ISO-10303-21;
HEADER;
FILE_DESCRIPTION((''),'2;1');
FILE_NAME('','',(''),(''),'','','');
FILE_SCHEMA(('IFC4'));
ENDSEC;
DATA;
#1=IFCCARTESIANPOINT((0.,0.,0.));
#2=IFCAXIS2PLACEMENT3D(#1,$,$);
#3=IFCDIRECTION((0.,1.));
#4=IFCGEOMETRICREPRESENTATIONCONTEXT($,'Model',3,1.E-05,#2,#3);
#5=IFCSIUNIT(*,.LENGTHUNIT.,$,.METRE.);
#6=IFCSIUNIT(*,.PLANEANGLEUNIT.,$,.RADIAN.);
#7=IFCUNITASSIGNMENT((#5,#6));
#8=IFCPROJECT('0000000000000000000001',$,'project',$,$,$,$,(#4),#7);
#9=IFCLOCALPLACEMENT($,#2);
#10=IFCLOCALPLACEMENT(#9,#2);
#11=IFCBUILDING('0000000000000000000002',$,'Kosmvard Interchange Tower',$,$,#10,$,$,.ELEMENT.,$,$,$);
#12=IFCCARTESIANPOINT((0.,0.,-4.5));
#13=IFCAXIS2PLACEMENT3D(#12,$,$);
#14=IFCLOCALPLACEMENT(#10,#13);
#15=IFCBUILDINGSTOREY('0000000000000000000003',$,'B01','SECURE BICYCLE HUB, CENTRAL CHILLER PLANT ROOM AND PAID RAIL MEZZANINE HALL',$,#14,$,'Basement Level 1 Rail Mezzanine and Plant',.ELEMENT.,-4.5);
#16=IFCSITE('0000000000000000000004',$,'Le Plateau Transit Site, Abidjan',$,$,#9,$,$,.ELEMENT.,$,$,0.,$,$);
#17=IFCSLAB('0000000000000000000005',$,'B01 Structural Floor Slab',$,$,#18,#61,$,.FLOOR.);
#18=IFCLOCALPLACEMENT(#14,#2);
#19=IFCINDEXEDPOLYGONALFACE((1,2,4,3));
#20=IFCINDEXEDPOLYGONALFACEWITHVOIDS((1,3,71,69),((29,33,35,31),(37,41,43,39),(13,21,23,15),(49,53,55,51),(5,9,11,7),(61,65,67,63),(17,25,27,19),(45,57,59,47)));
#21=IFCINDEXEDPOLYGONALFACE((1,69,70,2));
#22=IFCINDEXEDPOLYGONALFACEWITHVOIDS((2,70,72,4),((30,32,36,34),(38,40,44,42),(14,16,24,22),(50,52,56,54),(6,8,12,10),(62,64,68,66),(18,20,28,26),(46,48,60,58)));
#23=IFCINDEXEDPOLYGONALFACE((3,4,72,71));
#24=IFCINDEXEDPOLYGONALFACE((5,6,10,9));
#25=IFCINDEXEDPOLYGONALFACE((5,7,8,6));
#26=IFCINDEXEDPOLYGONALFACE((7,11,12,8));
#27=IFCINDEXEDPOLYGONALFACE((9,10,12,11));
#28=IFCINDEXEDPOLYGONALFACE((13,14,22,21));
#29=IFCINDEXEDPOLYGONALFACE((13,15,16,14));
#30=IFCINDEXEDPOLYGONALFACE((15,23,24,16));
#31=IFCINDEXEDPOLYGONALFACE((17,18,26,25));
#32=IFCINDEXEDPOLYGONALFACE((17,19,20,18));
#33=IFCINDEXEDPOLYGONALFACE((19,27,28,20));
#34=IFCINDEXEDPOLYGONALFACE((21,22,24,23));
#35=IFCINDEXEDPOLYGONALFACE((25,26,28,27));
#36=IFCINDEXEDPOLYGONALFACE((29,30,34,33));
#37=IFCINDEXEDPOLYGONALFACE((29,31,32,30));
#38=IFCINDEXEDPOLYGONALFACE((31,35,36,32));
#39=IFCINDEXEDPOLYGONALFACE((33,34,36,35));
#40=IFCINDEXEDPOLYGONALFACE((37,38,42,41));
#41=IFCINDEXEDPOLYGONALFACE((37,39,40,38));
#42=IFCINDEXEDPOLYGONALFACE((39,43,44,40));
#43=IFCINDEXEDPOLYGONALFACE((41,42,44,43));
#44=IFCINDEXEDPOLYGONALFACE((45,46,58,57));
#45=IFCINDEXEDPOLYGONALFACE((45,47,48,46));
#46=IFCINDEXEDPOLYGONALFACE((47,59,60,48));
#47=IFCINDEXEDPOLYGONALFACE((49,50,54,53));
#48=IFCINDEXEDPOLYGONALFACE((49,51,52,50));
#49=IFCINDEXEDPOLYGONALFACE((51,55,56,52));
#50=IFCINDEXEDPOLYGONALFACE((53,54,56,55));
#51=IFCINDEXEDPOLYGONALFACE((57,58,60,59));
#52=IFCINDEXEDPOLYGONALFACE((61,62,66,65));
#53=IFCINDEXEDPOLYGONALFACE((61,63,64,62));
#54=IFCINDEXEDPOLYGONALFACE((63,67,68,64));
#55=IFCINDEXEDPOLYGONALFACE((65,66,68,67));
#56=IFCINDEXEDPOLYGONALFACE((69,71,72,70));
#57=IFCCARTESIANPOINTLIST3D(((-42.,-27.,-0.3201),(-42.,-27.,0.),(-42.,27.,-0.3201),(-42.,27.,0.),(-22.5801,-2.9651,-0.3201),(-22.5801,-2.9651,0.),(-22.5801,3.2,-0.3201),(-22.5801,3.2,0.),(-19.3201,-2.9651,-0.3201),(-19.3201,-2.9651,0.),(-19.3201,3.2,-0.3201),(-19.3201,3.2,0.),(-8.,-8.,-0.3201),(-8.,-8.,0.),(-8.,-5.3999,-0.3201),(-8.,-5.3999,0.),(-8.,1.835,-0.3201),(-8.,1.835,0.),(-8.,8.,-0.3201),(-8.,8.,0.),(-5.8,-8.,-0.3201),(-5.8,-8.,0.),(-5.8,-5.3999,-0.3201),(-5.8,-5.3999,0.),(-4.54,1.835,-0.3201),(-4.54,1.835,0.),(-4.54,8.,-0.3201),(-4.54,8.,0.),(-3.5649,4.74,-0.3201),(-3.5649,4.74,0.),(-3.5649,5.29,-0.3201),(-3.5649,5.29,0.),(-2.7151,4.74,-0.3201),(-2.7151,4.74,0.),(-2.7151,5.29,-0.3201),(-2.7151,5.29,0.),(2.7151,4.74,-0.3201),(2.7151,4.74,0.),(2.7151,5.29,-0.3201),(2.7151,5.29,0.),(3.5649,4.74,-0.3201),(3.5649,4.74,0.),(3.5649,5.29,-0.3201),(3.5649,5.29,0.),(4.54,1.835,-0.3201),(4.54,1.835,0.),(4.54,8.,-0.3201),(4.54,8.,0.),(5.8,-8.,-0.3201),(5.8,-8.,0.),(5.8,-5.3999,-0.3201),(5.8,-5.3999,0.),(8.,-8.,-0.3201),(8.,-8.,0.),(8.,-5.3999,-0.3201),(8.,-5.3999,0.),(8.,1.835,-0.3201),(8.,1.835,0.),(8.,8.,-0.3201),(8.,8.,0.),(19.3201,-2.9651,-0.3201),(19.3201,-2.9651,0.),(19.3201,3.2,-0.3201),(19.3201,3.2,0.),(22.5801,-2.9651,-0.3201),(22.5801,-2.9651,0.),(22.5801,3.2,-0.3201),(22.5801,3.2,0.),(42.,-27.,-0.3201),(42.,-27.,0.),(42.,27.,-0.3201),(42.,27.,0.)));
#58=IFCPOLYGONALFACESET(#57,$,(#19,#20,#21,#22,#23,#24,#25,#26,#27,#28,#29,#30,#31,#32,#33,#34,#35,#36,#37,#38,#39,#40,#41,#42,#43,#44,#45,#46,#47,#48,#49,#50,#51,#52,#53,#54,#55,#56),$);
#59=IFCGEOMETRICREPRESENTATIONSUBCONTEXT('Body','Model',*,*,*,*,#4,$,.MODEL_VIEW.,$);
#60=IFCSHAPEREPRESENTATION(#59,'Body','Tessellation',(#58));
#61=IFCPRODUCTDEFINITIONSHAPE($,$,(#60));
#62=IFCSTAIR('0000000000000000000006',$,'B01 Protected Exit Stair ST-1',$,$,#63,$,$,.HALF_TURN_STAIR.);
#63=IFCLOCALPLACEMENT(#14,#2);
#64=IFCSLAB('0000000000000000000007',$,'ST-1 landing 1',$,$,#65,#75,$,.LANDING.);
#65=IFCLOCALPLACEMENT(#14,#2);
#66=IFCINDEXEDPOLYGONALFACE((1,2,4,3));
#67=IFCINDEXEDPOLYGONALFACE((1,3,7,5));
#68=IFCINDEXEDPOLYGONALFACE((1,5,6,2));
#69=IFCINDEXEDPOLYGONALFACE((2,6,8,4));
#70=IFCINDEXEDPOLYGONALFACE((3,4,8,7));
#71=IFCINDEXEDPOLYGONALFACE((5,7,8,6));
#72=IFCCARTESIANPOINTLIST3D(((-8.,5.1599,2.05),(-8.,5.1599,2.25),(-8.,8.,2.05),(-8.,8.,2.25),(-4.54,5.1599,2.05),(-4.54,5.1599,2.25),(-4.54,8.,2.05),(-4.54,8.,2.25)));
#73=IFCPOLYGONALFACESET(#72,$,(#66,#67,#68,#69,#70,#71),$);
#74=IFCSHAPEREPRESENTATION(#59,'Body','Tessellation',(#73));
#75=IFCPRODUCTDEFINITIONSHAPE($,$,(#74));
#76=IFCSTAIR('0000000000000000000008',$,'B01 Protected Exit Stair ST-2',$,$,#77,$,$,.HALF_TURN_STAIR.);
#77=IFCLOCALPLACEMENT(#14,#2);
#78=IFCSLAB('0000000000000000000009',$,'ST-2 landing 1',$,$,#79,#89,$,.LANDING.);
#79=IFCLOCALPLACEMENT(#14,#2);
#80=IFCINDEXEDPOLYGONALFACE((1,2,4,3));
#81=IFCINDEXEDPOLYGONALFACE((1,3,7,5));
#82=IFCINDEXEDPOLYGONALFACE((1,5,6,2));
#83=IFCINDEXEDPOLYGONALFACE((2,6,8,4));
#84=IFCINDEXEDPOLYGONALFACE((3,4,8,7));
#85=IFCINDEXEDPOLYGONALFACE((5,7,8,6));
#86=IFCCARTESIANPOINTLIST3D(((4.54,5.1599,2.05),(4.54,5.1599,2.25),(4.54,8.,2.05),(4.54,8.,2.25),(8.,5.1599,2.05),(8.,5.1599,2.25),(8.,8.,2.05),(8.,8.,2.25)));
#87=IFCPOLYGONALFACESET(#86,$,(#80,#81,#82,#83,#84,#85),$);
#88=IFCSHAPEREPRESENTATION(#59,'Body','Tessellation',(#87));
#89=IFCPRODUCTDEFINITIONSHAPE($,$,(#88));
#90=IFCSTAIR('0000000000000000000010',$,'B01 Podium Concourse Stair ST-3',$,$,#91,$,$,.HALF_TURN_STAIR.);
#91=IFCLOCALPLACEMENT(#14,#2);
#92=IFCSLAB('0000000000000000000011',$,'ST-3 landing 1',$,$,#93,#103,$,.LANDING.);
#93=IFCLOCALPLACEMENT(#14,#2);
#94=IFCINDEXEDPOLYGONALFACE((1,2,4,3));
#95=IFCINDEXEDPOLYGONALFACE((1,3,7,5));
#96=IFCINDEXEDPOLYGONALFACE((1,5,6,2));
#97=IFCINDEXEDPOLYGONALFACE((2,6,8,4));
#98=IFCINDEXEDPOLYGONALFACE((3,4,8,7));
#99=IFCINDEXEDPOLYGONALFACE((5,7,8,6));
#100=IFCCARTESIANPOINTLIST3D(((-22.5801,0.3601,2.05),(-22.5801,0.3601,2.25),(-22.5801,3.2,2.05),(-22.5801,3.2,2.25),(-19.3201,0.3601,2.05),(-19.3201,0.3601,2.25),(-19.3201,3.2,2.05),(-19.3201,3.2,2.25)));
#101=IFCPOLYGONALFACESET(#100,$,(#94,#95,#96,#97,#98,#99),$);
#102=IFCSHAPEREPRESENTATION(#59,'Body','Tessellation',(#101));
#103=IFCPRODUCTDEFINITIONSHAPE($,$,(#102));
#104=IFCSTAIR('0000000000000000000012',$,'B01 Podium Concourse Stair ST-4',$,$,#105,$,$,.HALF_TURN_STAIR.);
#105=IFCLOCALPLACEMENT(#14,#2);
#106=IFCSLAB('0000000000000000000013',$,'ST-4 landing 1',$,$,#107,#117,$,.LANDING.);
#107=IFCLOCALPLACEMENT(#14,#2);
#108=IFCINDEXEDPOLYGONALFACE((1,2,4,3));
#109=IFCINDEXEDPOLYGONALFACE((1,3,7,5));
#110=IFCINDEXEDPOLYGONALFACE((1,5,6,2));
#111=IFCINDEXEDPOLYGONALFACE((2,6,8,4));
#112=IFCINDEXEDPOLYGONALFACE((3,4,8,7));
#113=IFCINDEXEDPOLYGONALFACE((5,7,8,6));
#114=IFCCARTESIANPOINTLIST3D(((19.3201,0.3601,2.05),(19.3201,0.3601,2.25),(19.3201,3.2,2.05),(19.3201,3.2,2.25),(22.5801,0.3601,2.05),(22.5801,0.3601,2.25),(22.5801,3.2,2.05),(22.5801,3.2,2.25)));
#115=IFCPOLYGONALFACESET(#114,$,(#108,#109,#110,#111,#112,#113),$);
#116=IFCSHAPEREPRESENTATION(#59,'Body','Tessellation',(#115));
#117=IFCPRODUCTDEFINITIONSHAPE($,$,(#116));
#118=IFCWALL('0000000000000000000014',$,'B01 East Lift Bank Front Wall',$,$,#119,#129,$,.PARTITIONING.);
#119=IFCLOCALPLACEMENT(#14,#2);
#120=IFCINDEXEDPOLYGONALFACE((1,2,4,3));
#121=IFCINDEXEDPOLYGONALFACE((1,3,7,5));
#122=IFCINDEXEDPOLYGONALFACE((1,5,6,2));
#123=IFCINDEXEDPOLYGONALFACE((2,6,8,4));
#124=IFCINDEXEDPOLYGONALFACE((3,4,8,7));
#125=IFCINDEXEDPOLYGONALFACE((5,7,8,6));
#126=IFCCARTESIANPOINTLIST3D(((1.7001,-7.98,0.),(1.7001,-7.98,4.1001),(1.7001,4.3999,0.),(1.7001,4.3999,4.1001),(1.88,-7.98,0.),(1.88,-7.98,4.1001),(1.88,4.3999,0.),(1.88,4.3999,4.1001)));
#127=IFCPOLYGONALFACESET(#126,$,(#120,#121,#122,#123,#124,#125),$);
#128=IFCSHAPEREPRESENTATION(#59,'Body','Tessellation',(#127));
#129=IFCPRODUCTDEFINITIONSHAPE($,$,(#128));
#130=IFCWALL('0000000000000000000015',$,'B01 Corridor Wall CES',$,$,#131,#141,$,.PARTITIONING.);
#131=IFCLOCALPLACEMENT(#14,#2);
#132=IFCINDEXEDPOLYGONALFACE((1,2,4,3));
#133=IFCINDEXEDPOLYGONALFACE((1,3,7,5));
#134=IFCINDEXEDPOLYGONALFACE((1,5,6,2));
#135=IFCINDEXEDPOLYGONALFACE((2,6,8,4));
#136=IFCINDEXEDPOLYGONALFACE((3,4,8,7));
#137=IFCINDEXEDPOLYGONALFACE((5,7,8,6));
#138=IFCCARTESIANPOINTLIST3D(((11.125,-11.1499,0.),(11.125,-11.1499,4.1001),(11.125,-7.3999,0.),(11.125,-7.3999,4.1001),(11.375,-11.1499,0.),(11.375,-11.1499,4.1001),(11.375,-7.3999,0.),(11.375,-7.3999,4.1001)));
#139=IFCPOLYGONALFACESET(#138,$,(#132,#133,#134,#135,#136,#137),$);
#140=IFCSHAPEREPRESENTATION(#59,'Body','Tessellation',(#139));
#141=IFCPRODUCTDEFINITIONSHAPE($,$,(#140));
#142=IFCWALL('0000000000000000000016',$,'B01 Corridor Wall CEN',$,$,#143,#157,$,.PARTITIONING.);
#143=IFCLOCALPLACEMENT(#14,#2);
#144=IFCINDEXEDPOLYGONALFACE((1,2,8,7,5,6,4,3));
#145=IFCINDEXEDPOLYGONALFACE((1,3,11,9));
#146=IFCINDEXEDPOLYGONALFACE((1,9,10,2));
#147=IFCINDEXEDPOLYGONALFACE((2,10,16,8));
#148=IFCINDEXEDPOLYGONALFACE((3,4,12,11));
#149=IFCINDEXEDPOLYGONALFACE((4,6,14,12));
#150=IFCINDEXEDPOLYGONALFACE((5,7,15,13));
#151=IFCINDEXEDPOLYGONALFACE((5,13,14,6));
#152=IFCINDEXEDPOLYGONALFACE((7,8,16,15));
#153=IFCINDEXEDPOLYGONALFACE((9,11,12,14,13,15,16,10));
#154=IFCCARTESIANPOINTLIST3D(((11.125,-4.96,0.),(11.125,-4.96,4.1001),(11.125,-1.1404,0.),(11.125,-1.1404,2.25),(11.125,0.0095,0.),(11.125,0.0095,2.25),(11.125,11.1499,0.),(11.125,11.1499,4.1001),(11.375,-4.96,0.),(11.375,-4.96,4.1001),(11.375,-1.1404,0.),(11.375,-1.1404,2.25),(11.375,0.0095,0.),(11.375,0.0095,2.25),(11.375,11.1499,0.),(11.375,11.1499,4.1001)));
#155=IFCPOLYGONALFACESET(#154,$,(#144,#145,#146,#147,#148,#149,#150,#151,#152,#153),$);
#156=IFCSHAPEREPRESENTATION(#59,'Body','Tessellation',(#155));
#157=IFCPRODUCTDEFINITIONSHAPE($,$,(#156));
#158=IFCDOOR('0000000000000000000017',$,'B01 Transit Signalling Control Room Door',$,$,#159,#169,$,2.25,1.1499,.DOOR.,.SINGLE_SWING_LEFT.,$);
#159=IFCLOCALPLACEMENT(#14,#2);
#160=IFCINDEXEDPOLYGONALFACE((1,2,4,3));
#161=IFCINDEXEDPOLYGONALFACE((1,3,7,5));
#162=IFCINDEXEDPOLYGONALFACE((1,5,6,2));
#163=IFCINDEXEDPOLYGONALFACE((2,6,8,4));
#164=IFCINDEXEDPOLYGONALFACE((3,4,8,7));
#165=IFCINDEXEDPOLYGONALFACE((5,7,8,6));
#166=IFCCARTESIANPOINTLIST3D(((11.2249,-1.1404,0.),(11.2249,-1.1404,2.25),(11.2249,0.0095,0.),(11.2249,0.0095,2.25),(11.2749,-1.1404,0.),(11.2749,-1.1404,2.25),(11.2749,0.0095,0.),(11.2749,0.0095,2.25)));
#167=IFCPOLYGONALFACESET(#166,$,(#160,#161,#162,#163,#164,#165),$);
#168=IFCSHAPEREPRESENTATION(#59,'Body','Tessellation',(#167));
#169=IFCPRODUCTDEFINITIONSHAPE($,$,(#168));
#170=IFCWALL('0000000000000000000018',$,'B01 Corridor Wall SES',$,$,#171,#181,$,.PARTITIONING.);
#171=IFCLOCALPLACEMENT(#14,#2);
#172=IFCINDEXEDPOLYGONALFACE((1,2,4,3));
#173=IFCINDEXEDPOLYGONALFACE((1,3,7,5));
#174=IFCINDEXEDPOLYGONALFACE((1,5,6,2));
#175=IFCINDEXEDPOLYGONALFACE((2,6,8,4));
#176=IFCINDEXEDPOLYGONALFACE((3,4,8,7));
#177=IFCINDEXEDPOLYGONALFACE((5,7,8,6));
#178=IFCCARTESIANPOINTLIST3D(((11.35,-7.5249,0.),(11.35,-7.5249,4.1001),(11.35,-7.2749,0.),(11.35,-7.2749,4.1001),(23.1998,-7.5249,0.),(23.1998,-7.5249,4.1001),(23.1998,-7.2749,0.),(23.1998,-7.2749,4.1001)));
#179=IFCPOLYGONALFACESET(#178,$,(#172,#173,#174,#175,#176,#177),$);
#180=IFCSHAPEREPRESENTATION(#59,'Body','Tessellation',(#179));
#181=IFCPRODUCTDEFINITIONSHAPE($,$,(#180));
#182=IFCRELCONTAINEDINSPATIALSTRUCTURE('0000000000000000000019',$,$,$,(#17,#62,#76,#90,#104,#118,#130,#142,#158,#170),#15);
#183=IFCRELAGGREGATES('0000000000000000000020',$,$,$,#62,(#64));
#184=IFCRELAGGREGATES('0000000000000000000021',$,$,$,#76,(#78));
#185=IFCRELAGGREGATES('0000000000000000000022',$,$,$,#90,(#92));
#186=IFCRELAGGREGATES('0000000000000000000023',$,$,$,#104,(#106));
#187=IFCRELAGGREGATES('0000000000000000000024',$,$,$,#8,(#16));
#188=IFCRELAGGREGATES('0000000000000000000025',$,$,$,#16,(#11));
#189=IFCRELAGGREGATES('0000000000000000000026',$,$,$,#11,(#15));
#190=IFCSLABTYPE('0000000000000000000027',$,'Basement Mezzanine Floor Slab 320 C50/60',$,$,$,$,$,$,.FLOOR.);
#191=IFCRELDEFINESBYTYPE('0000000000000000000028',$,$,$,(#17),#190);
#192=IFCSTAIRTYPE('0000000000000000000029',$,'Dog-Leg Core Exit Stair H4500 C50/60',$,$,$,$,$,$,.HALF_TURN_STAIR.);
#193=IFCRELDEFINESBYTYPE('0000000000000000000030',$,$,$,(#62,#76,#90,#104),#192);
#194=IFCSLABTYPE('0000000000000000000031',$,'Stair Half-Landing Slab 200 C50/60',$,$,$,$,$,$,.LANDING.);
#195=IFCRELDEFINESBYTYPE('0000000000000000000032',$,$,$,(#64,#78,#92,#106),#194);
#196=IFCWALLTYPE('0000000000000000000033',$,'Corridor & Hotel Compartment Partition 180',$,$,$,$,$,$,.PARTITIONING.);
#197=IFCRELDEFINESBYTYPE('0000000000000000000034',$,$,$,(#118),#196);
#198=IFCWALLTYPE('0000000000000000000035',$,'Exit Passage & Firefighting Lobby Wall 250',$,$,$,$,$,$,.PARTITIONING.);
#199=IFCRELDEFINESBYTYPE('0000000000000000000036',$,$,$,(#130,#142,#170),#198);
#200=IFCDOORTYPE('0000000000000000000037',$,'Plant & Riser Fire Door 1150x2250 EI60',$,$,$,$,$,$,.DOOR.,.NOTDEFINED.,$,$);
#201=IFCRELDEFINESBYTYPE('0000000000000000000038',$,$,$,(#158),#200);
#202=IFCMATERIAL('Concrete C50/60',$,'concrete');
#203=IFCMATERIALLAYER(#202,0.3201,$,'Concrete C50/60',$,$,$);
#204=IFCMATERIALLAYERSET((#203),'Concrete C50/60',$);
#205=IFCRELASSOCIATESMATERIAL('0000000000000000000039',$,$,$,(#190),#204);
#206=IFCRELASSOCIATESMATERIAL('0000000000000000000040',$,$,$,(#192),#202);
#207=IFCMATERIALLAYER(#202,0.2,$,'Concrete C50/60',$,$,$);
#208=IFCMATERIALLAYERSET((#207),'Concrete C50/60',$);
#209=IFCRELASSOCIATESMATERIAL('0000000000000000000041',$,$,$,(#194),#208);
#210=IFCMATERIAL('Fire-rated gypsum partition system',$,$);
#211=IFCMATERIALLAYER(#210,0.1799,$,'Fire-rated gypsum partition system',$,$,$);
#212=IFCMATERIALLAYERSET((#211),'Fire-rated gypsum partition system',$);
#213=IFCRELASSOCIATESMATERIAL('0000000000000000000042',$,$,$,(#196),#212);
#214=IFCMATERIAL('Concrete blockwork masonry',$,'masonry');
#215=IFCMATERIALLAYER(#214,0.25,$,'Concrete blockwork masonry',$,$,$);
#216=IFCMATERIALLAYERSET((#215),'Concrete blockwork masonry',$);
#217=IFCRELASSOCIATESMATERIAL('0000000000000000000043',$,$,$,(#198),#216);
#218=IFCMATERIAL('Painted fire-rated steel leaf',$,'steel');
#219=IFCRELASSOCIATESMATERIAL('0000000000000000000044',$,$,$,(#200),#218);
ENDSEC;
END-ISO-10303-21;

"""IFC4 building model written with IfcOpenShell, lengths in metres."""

from ifc_helpers import new_model, si_unit, direction, frame, frame_2d, origin, place, context, subcontext, project, spatial, polyline, rectangle, outline, extrude, source, transform, mapped, material, layer, layer_set, type_object, element, fill, aggregate, save


model = new_model("IFC4")

# Units and contexts
model_context = context("Model", 3, precision=1e-05, world=origin(), true_north=direction((0.0, 1.0)))
body_context = subcontext(model_context, "Body", "Model", "MODEL_VIEW")
ifc_project = project(units=[si_unit("LENGTHUNIT", "METRE"), si_unit("PLANEANGLEUNIT", "RADIAN")], contexts=[model_context])

# Site, building, storey
site_placement = place(None, origin())
site = spatial("IfcSite", under=ifc_project, at=site_placement, Name="Le Plateau Transit Site, Abidjan", CompositionType="ELEMENT", RefElevation=0.0)
building_placement = place(site_placement, origin())
building = spatial("IfcBuilding", under=site, at=building_placement, Name="Kosmvard Interchange Tower", CompositionType="ELEMENT")
storey_placement = place(building_placement, frame((0.0, 0.0, -4.5)))
storey = spatial("IfcBuildingStorey", under=building, at=storey_placement, Name="B01", Description="SECURE BICYCLE HUB, CENTRAL CHILLER PLANT ROOM AND PAID RAIL MEZZANINE HALL", LongName="Basement Level 1 Rail Mezzanine and Plant", CompositionType="ELEMENT", Elevation=-4.5)

# Shared definitions
ifc_material_1 = material(Name="Concrete C50/60", Category="concrete")

# Slab
ifc_layer_1 = layer(ifc_material_1, 0.3201, Name="Concrete C50/60")
ifc_layer_set_1 = layer_set([ifc_layer_1], Name="Concrete C50/60")
slab_type_1 = type_object("IfcSlabType", Name="Basement Mezzanine Floor Slab 320 C50/60", PredefinedType="FLOOR", material=ifc_layer_set_1)
slab_1_placement = place(storey_placement, frame((0.0, 0.0, -0.3201)))
element("IfcSlab", 1, at=slab_1_placement, inside=storey, type_object=slab_type_1, Name="B01 Structural Floor Slab", PredefinedType="FLOOR", context=body_context, shape_type="SweptSolid", body=[
    extrude(outline(polyline([(-42.0, -27.0), (42.0, -27.0), (42.0, 27.0), (-42.0, 27.0), (-42.0, -27.0)]), holes=[polyline([(-8.0, 1.835), (-4.54, 1.835), (-4.54, 8.0), (-8.0, 8.0), (-8.0, 1.835)]), polyline([(4.54, 1.835), (8.0, 1.835), (8.0, 8.0), (4.54, 8.0), (4.54, 1.835)]), polyline([(-22.5801, -2.9651), (-19.3201, -2.9651), (-19.3201, 3.2), (-22.5801, 3.2), (-22.5801, -2.9651)]), polyline([(19.3201, -2.9651), (22.5801, -2.9651), (22.5801, 3.2), (19.3201, 3.2), (19.3201, -2.9651)]), polyline([(-8.0, -8.0), (-5.8, -8.0), (-5.8, -5.3999), (-8.0, -5.3999), (-8.0, -8.0)]), polyline([(5.8, -8.0), (8.0, -8.0), (8.0, -5.3999), (5.8, -5.3999), (5.8, -8.0)]), polyline([(-3.5649, 4.74), (-2.7151, 4.74), (-2.7151, 5.29), (-3.5649, 5.29), (-3.5649, 4.74)]), polyline([(2.7151, 4.74), (3.5649, 4.74), (3.5649, 5.29), (2.7151, 5.29), (2.7151, 4.74)])]), origin(), (0.0, 0.0, 1.0), 0.3201),
])

# Stairs, slabs
stair_type = type_object("IfcStairType", Name="Dog-Leg Core Exit Stair H4500 C50/60", PredefinedType="HALF_TURN_STAIR", material=ifc_material_1)
stair_1_placement = place(storey_placement, origin())
stair_1 = element("IfcStair", 2, at=stair_1_placement, inside=storey, type_object=stair_type, Name="B01 Protected Exit Stair ST-1", PredefinedType="HALF_TURN_STAIR")
ifc_layer_2 = layer(ifc_material_1, 0.2, Name="Concrete C50/60")
ifc_layer_set_2 = layer_set([ifc_layer_2], Name="Concrete C50/60")
slab_type_2 = type_object("IfcSlabType", Name="Stair Half-Landing Slab 200 C50/60", PredefinedType="LANDING", material=ifc_layer_set_2)
slab_2_placement = place(storey_placement, frame((0.0, 0.0, 2.05)))
slab_2 = element("IfcSlab", 3, at=slab_2_placement, type_object=slab_type_2, Name="ST-1 landing 1", PredefinedType="LANDING", context=body_context, shape_type="SweptSolid", body=[
    extrude(outline(polyline([(-4.54, 5.1599), (-4.54, 8.0), (-8.0, 8.0), (-8.0, 5.1599), (-4.54, 5.1599)])), origin(), (0.0, 0.0, 1.0), 0.2),
])
aggregate(stair_1, [slab_2])
stair_2_placement = place(storey_placement, origin())
stair_2 = element("IfcStair", 4, at=stair_2_placement, inside=storey, type_object=stair_type, Name="B01 Protected Exit Stair ST-2", PredefinedType="HALF_TURN_STAIR")
slab_3_placement = place(storey_placement, frame((0.0, 0.0, 2.05)))
slab_3 = element("IfcSlab", 5, at=slab_3_placement, type_object=slab_type_2, Name="ST-2 landing 1", PredefinedType="LANDING", context=body_context, shape_type="SweptSolid", body=[
    extrude(outline(polyline([(8.0, 5.1599), (8.0, 8.0), (4.54, 8.0), (4.54, 5.1599), (8.0, 5.1599)])), origin(), (0.0, 0.0, 1.0), 0.2),
])
aggregate(stair_2, [slab_3])
stair_3_placement = place(storey_placement, origin())
stair_3 = element("IfcStair", 6, at=stair_3_placement, inside=storey, type_object=stair_type, Name="B01 Podium Concourse Stair ST-3", PredefinedType="HALF_TURN_STAIR")
slab_4_placement = place(storey_placement, frame((0.0, 0.0, 2.05)))
slab_4 = element("IfcSlab", 7, at=slab_4_placement, type_object=slab_type_2, Name="ST-3 landing 1", PredefinedType="LANDING", context=body_context, shape_type="SweptSolid", body=[
    extrude(outline(polyline([(-19.3201, 0.3601), (-19.3201, 3.2), (-22.5801, 3.2), (-22.5801, 0.3601), (-19.3201, 0.3601)])), origin(), (0.0, 0.0, 1.0), 0.2),
])
aggregate(stair_3, [slab_4])
stair_4_placement = place(storey_placement, origin())
stair_4 = element("IfcStair", 8, at=stair_4_placement, inside=storey, type_object=stair_type, Name="B01 Podium Concourse Stair ST-4", PredefinedType="HALF_TURN_STAIR")
slab_5_placement = place(storey_placement, frame((0.0, 0.0, 2.05)))
slab_5 = element("IfcSlab", 9, at=slab_5_placement, type_object=slab_type_2, Name="ST-4 landing 1", PredefinedType="LANDING", context=body_context, shape_type="SweptSolid", body=[
    extrude(outline(polyline([(22.5801, 0.3601), (22.5801, 3.2), (19.3201, 3.2), (19.3201, 0.3601), (22.5801, 0.3601)])), origin(), (0.0, 0.0, 1.0), 0.2),
])
aggregate(stair_4, [slab_5])

# Walls
ifc_material_2 = material(Name="Fire-rated gypsum partition system")
ifc_layer_3 = layer(ifc_material_2, 0.1799, Name="Fire-rated gypsum partition system")
ifc_layer_set_3 = layer_set([ifc_layer_3], Name="Fire-rated gypsum partition system")
wall_type_1 = type_object("IfcWallType", Name="Corridor & Hotel Compartment Partition 180", PredefinedType="PARTITIONING", material=ifc_layer_set_3)
wall_1_placement = place(storey_placement, frame((1.79, -7.98, 0.0), z_axis=(0.0, 0.0, 1.0), x_axis=(0.0, 1.0, 0.0)))
element("IfcWall", 10, at=wall_1_placement, inside=storey, type_object=wall_type_1, Name="B01 East Lift Bank Front Wall", PredefinedType="PARTITIONING", context=body_context, shape_type="SweptSolid", body=[
    extrude(rectangle(XDim=12.3799, YDim=0.1799, at=frame_2d((6.1899, 0.0))), origin(), (0.0, 0.0, 1.0), 4.1001),
])
ifc_material_3 = material(Name="Concrete blockwork masonry", Category="masonry")
ifc_layer_4 = layer(ifc_material_3, 0.25, Name="Concrete blockwork masonry")
ifc_layer_set_4 = layer_set([ifc_layer_4], Name="Concrete blockwork masonry")
wall_type_2 = type_object("IfcWallType", Name="Exit Passage & Firefighting Lobby Wall 250", PredefinedType="PARTITIONING", material=ifc_layer_set_4)
wall_2_placement = place(storey_placement, frame((11.25, -11.1499, 0.0), z_axis=(0.0, 0.0, 1.0), x_axis=(0.0, 1.0, 0.0)))
element("IfcWall", 11, at=wall_2_placement, inside=storey, type_object=wall_type_2, Name="B01 Corridor Wall CES", PredefinedType="PARTITIONING", context=body_context, shape_type="SweptSolid", body=[
    extrude(rectangle(XDim=3.75, YDim=0.25, at=frame_2d((1.875, 0.0))), origin(), (0.0, 0.0, 1.0), 4.1001),
])

# Wall, opening, door
wall_3_placement = place(storey_placement, frame((11.25, -4.96, 0.0), z_axis=(0.0, 0.0, 1.0), x_axis=(0.0, 1.0, 0.0)))
wall_3 = element("IfcWall", 12, at=wall_3_placement, inside=storey, type_object=wall_type_2, Name="B01 Corridor Wall CEN", PredefinedType="PARTITIONING", context=body_context, shape_type="SweptSolid", body=[
    extrude(rectangle(XDim=16.1099, YDim=0.25, at=frame_2d((8.0549, 0.0))), origin(), (0.0, 0.0, 1.0), 4.1001),
])
opening_1_placement = place(wall_3_placement, frame((3.8196, 0.0, 0.0)))
opening_1 = element("IfcOpeningElement", 13, at=opening_1_placement, cuts=wall_3, PredefinedType="OPENING", context=body_context, shape_type="SweptSolid", body=[
    extrude(rectangle(XDim=1.1499, YDim=2.25, at=frame_2d((0.575, 1.125))), frame((0.0, 0.135, 0.0), z_axis=(0.0, -1.0, 0.0), x_axis=(1.0, 0.0, 0.0)), (0.0, 0.0, 1.0), 0.27),
])
ifc_material_4 = material(Name="Painted fire-rated steel leaf", Category="steel")
door_type_1 = type_object("IfcDoorType", Name="Plant & Riser Fire Door 1150x2250 EI60", OperationType="NOTDEFINED", PredefinedType="DOOR", material=ifc_material_4)
shared_shape_1 = source(origin(), body_context, "Body", "SweptSolid", [
    extrude(rectangle(XDim=1.1499, YDim=2.25, at=frame_2d((0.575, 1.125))), frame((0.0, 0.0249, 0.0), z_axis=(0.0, -1.0, 0.0), x_axis=(1.0, 0.0, 0.0)), (0.0, 0.0, 1.0), 0.05),
])
door_1_placement = place(opening_1_placement, frame((1.1499, 0.0, 0.0), z_axis=(0.0, 0.0, 1.0), x_axis=(-1.0, 0.0, 0.0)))
door_1 = element("IfcDoor", 14, at=door_1_placement, inside=storey, type_object=door_type_1, Name="B01 Transit Signalling Control Room Door", OperationType="SINGLE_SWING_LEFT", OverallHeight=2.25, OverallWidth=1.1499, PredefinedType="DOOR", context=body_context, shape_type="MappedRepresentation", body=[
    mapped(shared_shape_1, transform((0.0, 0.0, 0.0), scale=1.0)),
])
fill(opening_1, door_1)

# Wall
wall_4_placement = place(storey_placement, frame((11.3501, -7.3999, 0.0), z_axis=(0.0, 0.0, 1.0), x_axis=(1.0, 0.0, 0.0)))
element("IfcWall", 15, at=wall_4_placement, inside=storey, type_object=wall_type_2, Name="B01 Corridor Wall SES", PredefinedType="PARTITIONING", context=body_context, shape_type="SweptSolid", body=[
    extrude(rectangle(XDim=11.8499, YDim=0.25, at=frame_2d((5.9248, 0.0))), origin(), (0.0, 0.0, 1.0), 4.1001),
])

save(model, "model.ifc")
